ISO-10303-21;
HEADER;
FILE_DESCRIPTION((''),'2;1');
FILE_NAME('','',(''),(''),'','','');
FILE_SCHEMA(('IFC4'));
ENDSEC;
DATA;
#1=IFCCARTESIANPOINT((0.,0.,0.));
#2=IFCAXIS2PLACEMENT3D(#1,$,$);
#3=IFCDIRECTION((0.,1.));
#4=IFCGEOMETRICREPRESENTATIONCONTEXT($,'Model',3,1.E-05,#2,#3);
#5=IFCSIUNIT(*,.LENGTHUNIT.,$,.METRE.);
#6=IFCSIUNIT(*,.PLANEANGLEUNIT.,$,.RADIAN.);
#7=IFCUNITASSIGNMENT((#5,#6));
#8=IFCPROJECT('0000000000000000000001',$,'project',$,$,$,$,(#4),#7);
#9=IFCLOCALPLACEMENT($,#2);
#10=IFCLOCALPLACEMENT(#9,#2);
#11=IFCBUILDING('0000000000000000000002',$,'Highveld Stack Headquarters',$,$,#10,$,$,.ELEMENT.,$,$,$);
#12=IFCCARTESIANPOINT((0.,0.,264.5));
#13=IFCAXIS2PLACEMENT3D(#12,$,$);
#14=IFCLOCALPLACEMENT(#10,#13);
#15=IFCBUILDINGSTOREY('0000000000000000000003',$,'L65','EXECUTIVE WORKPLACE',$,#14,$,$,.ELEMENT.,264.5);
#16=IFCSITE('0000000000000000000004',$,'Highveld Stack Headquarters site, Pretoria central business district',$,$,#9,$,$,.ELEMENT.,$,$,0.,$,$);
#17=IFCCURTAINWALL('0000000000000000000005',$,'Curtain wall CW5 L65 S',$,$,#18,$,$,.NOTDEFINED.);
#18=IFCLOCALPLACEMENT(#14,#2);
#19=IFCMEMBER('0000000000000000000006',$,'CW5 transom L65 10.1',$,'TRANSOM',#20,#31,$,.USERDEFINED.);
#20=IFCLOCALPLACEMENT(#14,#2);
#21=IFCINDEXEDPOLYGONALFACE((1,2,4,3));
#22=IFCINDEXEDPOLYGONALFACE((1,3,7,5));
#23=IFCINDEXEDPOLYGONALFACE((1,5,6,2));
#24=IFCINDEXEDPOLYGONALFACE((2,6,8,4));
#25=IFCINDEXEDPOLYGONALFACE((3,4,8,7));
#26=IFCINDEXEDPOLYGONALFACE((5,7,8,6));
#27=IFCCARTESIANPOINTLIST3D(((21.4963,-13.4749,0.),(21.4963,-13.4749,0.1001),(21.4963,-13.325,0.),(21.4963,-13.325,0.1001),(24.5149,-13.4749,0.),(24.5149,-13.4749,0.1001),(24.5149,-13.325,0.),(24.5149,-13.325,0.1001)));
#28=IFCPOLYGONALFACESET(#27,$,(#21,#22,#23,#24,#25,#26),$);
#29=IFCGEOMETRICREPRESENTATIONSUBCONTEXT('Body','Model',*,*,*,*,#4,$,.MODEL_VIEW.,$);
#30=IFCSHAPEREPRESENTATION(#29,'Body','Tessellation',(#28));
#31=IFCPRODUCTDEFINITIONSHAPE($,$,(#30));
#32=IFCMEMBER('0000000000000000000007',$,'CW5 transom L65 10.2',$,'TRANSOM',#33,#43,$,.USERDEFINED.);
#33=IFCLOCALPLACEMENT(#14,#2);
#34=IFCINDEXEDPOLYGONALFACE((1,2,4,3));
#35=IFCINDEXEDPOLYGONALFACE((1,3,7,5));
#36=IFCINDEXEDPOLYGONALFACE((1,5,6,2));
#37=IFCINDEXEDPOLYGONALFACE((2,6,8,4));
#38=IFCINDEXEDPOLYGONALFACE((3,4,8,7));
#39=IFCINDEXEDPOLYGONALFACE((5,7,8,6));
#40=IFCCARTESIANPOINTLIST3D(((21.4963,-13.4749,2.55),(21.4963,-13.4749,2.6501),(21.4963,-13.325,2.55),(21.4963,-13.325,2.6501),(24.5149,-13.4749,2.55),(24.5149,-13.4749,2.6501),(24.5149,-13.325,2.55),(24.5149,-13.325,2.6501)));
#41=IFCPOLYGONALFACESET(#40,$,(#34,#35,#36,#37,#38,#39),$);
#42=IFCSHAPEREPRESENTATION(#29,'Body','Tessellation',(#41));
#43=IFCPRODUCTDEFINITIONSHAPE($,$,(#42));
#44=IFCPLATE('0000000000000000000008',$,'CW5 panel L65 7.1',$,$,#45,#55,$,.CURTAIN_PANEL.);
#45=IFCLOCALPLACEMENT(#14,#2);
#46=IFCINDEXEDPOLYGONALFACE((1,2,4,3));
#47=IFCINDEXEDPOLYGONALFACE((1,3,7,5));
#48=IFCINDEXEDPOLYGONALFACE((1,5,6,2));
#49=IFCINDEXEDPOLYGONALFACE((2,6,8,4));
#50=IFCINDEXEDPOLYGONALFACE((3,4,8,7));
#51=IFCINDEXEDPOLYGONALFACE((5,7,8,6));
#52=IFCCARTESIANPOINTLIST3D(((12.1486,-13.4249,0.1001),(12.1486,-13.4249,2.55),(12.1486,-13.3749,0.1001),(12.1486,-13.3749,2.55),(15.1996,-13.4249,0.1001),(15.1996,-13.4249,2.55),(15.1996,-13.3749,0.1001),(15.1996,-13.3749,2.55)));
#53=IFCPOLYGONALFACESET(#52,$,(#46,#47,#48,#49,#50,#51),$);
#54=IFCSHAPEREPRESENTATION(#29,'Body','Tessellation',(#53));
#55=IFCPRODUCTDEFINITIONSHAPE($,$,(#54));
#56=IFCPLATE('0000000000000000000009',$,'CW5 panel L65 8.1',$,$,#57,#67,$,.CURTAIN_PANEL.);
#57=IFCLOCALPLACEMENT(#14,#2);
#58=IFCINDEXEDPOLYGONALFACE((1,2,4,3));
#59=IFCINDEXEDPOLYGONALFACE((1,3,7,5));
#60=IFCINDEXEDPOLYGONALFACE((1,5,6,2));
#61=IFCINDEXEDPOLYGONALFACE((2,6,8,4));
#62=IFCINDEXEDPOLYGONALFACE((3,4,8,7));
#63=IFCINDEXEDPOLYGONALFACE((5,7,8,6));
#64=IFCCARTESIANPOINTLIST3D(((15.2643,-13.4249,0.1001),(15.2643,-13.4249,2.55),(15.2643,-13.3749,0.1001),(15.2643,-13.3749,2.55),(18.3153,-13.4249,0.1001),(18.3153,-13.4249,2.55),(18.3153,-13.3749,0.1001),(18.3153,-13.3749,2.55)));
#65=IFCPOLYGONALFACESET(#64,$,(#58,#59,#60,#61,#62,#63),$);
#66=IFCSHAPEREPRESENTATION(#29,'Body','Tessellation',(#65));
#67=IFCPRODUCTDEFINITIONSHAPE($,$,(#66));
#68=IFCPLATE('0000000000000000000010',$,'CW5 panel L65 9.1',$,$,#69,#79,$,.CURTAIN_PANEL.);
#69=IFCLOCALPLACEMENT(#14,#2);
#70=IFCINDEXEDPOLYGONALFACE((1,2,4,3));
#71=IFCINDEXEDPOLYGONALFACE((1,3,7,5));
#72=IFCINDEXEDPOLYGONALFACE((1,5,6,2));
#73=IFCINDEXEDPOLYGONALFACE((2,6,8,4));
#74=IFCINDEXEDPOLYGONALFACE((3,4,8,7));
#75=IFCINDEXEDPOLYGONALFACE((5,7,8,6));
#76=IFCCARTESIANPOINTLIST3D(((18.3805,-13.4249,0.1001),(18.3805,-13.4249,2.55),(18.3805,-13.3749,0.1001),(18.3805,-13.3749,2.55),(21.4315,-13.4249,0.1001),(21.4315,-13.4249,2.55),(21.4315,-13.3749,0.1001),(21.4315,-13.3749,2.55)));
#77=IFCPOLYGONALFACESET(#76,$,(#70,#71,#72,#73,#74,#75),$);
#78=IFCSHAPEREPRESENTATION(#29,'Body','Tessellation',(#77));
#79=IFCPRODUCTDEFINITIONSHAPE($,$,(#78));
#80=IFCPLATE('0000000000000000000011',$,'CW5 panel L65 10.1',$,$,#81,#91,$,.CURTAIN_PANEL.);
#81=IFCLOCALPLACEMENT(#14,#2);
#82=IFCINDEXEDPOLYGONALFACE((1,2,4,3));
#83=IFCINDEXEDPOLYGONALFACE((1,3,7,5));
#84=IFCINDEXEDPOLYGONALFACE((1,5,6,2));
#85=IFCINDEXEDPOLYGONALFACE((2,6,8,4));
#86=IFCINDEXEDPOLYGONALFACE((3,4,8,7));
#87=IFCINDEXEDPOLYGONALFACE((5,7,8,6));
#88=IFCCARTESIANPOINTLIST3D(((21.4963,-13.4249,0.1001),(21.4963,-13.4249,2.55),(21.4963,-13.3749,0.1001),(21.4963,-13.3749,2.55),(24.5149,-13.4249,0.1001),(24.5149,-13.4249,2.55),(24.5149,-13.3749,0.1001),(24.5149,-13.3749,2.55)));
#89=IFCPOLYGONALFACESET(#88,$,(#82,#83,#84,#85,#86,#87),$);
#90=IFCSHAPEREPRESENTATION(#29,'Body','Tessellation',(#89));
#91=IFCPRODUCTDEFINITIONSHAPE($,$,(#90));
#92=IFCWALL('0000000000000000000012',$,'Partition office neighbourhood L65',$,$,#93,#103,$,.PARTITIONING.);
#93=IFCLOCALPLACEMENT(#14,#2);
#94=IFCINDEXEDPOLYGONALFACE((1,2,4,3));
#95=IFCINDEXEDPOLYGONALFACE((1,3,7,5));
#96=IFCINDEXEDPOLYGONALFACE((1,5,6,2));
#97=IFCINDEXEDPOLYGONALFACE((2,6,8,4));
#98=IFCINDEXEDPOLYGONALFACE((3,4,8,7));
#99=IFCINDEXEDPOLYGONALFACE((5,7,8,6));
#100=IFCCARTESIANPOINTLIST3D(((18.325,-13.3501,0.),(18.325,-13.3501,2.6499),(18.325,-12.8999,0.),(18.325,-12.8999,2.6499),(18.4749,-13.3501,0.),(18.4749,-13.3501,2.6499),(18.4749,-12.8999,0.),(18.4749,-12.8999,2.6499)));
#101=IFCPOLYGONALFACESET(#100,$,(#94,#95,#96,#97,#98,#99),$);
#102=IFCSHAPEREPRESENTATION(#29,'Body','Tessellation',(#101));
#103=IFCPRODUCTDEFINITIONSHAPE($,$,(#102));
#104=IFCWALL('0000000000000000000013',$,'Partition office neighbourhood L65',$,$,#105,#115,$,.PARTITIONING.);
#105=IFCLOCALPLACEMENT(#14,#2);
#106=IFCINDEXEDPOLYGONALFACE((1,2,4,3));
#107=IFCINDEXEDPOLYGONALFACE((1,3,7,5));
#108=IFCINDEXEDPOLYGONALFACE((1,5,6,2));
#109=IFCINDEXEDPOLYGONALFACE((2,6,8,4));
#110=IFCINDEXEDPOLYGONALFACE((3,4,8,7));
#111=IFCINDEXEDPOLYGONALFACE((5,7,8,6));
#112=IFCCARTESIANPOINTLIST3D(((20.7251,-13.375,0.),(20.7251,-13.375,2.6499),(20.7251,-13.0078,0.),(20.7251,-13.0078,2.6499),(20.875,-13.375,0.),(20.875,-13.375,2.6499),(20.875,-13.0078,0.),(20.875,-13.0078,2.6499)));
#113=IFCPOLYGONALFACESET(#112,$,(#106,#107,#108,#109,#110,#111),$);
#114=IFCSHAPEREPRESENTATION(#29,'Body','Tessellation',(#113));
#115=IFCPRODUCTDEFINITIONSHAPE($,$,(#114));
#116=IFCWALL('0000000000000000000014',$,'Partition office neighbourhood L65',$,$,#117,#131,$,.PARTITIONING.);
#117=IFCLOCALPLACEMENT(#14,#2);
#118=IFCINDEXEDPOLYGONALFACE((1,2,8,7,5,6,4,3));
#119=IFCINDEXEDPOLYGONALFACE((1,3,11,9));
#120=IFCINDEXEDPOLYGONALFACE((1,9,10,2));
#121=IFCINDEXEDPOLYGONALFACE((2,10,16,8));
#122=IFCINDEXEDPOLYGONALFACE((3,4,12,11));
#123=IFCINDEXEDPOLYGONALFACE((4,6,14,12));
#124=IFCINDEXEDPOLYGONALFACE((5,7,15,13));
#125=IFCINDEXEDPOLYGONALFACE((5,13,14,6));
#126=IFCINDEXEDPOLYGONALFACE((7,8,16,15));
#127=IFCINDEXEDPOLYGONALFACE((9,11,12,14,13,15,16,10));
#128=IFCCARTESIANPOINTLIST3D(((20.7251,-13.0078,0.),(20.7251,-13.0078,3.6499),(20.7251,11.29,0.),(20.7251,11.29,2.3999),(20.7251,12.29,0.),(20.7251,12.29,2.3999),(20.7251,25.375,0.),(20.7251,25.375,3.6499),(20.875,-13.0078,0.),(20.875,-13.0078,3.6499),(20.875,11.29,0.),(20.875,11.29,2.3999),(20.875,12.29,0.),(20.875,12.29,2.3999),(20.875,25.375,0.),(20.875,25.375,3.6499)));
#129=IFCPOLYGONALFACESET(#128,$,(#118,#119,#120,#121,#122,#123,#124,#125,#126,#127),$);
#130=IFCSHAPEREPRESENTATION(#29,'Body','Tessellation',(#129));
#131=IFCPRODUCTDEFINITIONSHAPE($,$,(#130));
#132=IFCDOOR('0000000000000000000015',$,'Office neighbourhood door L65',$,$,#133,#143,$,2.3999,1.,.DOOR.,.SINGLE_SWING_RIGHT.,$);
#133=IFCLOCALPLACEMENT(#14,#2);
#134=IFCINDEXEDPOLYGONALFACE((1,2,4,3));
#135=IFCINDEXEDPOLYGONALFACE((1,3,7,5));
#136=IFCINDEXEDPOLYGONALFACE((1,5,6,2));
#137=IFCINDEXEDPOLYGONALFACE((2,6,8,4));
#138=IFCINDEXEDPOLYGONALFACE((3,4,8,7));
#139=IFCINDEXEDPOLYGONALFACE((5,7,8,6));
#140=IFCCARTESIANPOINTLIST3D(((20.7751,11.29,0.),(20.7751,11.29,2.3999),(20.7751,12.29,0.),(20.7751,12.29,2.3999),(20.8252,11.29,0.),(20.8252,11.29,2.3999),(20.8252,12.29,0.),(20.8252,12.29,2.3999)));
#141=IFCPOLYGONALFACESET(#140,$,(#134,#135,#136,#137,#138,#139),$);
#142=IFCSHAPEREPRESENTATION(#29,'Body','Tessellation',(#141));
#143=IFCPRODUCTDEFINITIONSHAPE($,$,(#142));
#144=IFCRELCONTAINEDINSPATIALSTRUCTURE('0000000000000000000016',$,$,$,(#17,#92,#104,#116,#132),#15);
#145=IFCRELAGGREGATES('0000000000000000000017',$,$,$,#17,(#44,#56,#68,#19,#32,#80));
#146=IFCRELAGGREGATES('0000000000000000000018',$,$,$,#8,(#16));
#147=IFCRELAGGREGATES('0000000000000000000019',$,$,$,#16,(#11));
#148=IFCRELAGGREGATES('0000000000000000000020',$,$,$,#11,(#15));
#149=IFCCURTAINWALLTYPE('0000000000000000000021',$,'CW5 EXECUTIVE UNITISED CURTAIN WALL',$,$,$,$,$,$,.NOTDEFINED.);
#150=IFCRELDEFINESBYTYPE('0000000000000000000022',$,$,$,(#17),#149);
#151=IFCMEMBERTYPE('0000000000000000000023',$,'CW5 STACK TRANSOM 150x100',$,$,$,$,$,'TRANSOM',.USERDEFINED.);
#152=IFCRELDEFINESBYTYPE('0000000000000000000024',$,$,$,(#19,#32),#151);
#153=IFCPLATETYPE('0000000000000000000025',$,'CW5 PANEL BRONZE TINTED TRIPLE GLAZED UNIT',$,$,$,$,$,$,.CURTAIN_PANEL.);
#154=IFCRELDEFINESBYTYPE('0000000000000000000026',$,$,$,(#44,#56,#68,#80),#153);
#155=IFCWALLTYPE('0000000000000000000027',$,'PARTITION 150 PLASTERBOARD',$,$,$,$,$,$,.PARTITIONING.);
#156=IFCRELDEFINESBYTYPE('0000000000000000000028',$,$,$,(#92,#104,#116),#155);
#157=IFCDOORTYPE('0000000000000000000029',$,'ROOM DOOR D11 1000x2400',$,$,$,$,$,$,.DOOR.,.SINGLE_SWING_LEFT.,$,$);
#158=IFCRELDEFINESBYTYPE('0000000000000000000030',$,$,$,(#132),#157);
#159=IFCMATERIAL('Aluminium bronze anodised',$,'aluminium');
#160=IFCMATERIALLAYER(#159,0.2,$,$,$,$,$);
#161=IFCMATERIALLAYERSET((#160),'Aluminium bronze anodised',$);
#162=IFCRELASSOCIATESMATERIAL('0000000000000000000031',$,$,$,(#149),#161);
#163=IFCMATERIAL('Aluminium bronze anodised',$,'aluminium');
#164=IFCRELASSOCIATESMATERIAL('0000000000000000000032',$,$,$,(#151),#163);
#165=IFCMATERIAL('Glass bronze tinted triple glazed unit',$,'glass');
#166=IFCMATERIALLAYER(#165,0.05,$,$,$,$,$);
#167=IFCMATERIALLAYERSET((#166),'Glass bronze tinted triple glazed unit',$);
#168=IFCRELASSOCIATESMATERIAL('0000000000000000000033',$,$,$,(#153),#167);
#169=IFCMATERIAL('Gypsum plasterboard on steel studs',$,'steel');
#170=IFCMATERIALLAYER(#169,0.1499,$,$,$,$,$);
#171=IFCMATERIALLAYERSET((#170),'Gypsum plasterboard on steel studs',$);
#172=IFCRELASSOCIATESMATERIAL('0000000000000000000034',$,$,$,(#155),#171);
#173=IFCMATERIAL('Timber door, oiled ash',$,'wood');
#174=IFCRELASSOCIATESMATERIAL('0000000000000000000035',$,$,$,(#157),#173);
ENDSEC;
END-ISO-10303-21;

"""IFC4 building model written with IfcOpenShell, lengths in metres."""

from ifc_helpers import new_model, si_unit, direction, frame, frame_2d, origin, origin_2d, place, context, subcontext, project, spatial, rectangle, extrude, material, layer, layer_set, material_profile, profile_set, type_object, element, fill, aggregate, save


model = new_model("IFC4")

# Units and contexts
model_context = context("Model", 3, precision=1e-05, world=origin(), true_north=direction((0.0, 1.0)))
body_context = subcontext(model_context, "Body", "Model", "MODEL_VIEW")
ifc_project = project(units=[si_unit("LENGTHUNIT", "METRE"), si_unit("PLANEANGLEUNIT", "RADIAN")], contexts=[model_context])

# Site, building, storey
site_placement = place(None, origin())
site = spatial("IfcSite", under=ifc_project, at=site_placement, Name="Highveld Stack Headquarters site, Pretoria central business district", CompositionType="ELEMENT", RefElevation=0.0)
building_placement = place(site_placement, origin())
building = spatial("IfcBuilding", under=site, at=building_placement, Name="Highveld Stack Headquarters", CompositionType="ELEMENT")
storey_placement = place(building_placement, frame((0.0, 0.0, 264.5)))
storey = spatial("IfcBuildingStorey", under=building, at=storey_placement, Name="L65", Description="EXECUTIVE WORKPLACE", CompositionType="ELEMENT", Elevation=264.5)

# Curtain wall, members, plates
ifc_material_1 = material(Name="Aluminium bronze anodised", Category="aluminium")
ifc_layer_1 = layer(ifc_material_1, 0.2)
ifc_layer_set_1 = layer_set([ifc_layer_1], Name="Aluminium bronze anodised")
curtain_wall_type = type_object("IfcCurtainWallType", Name="CW5 EXECUTIVE UNITISED CURTAIN WALL", PredefinedType="NOTDEFINED", material=ifc_layer_set_1)
curtain_wall_placement = place(storey_placement, origin())
curtain_wall = element("IfcCurtainWall", 1, at=curtain_wall_placement, inside=storey, type_object=curtain_wall_type, Name="Curtain wall CW5 L65 S", PredefinedType="NOTDEFINED")
ifc_material_2 = material(Name="Aluminium bronze anodised", Category="aluminium")
ifc_material_profile_1 = material_profile(ifc_material_2, rectangle(XDim=0.1499, YDim=0.1001, at=origin_2d()), Name="CW5 TRANSOM 150x100")
ifc_profile_set_1 = profile_set([ifc_material_profile_1], Name="Aluminium bronze anodised")
member_type_1 = type_object("IfcMemberType", Name="CW5 STACK TRANSOM 150x100", ElementType="TRANSOM", PredefinedType="USERDEFINED", material=ifc_profile_set_1)
member_1_placement = place(storey_placement, frame((21.4963, -13.3999, 0.05), z_axis=(1.0, 0.0, 0.0), x_axis=(0.0, 1.0, 0.0)))
member_1 = element("IfcMember", 2, at=member_1_placement, type_object=member_type_1, Name="CW5 transom L65 10.1", ObjectType="TRANSOM", PredefinedType="USERDEFINED", context=body_context, shape_type="SweptSolid", body=[
    extrude(rectangle(XDim=0.1499, YDim=0.1001, at=origin_2d()), origin(), (0.0, 0.0, 1.0), 3.0186),
])
member_2_placement = place(storey_placement, frame((21.4963, -13.3999, 2.6001), z_axis=(1.0, 0.0, 0.0), x_axis=(0.0, 1.0, 0.0)))
member_2 = element("IfcMember", 3, at=member_2_placement, type_object=member_type_1, Name="CW5 transom L65 10.2", ObjectType="TRANSOM", PredefinedType="USERDEFINED", context=body_context, shape_type="SweptSolid", body=[
    extrude(rectangle(XDim=0.1499, YDim=0.1001, at=origin_2d()), origin(), (0.0, 0.0, 1.0), 3.0186),
])
ifc_material_3 = material(Name="Glass bronze tinted triple glazed unit", Category="glass")
ifc_layer_2 = layer(ifc_material_3, 0.05)
ifc_layer_set_2 = layer_set([ifc_layer_2], Name="Glass bronze tinted triple glazed unit")
plate_type = type_object("IfcPlateType", Name="CW5 PANEL BRONZE TINTED TRIPLE GLAZED UNIT", PredefinedType="CURTAIN_PANEL", material=ifc_layer_set_2)
plate_1_placement = place(storey_placement, frame((13.6741, -13.3999, 0.1001), z_axis=(0.0, 0.0, 1.0), x_axis=(1.0, 0.0, 0.0)))
plate_1 = element("IfcPlate", 4, at=plate_1_placement, type_object=plate_type, Name="CW5 panel L65 7.1", PredefinedType="CURTAIN_PANEL", context=body_context, shape_type="SweptSolid", body=[
    extrude(rectangle(XDim=3.051, YDim=0.05, at=origin_2d()), origin(), (0.0, 0.0, 1.0), 2.45),
])
plate_2_placement = place(storey_placement, frame((16.7898, -13.3999, 0.1001), z_axis=(0.0, 0.0, 1.0), x_axis=(1.0, 0.0, 0.0)))
plate_2 = element("IfcPlate", 5, at=plate_2_placement, type_object=plate_type, Name="CW5 panel L65 8.1", PredefinedType="CURTAIN_PANEL", context=body_context, shape_type="SweptSolid", body=[
    extrude(rectangle(XDim=3.051, YDim=0.05, at=origin_2d()), origin(), (0.0, 0.0, 1.0), 2.45),
])
plate_3_placement = place(storey_placement, frame((19.906, -13.3999, 0.1001), z_axis=(0.0, 0.0, 1.0), x_axis=(1.0, 0.0, 0.0)))
plate_3 = element("IfcPlate", 6, at=plate_3_placement, type_object=plate_type, Name="CW5 panel L65 9.1", PredefinedType="CURTAIN_PANEL", context=body_context, shape_type="SweptSolid", body=[
    extrude(rectangle(XDim=3.051, YDim=0.05, at=origin_2d()), origin(), (0.0, 0.0, 1.0), 2.45),
])
plate_4_placement = place(storey_placement, frame((23.0056, -13.3999, 0.1001), z_axis=(0.0, 0.0, 1.0), x_axis=(1.0, 0.0, 0.0)))
plate_4 = element("IfcPlate", 7, at=plate_4_placement, type_object=plate_type, Name="CW5 panel L65 10.1", PredefinedType="CURTAIN_PANEL", context=body_context, shape_type="SweptSolid", body=[
    extrude(rectangle(XDim=3.0186, YDim=0.05, at=origin_2d()), origin(), (0.0, 0.0, 1.0), 2.45),
])
aggregate(curtain_wall, [plate_1, plate_2, plate_3, member_1, member_2, plate_4])

# Walls
ifc_material_4 = material(Name="Gypsum plasterboard on steel studs", Category="steel")
ifc_layer_3 = layer(ifc_material_4, 0.1499)
ifc_layer_set_3 = layer_set([ifc_layer_3], Name="Gypsum plasterboard on steel studs")
wall_type = type_object("IfcWallType", Name="PARTITION 150 PLASTERBOARD", PredefinedType="PARTITIONING", material=ifc_layer_set_3)
wall_1_placement = place(storey_placement, frame((18.3999, -13.3501, 0.0), z_axis=(0.0, 0.0, 1.0), x_axis=(0.0, 1.0, 0.0)))
element("IfcWall", 8, at=wall_1_placement, inside=storey, type_object=wall_type, Name="Partition office neighbourhood L65", PredefinedType="PARTITIONING", context=body_context, shape_type="SweptSolid", body=[
    extrude(rectangle(XDim=0.4502, YDim=0.1499, at=frame_2d((0.2251, 0.0))), origin(), (0.0, 0.0, 1.0), 2.6499),
])
wall_2_placement = place(storey_placement, frame((20.8, -13.375, 0.0), z_axis=(0.0, 0.0, 1.0), x_axis=(0.0, 1.0, 0.0)))
element("IfcWall", 9, at=wall_2_placement, inside=storey, type_object=wall_type, Name="Partition office neighbourhood L65", PredefinedType="PARTITIONING", context=body_context, shape_type="SweptSolid", body=[
    extrude(rectangle(XDim=0.3672, YDim=0.1499, at=frame_2d((0.1836, 0.0))), origin(), (0.0, 0.0, 1.0), 2.6499),
])

# Wall, opening, door
wall_3_placement = place(storey_placement, frame((20.8, -13.0078, 0.0), z_axis=(0.0, 0.0, 1.0), x_axis=(0.0, 1.0, 0.0)))
wall_3 = element("IfcWall", 10, at=wall_3_placement, inside=storey, type_object=wall_type, Name="Partition office neighbourhood L65", PredefinedType="PARTITIONING", context=body_context, shape_type="SweptSolid", body=[
    extrude(rectangle(XDim=38.3828, YDim=0.1499, at=frame_2d((19.1914, 0.0))), origin(), (0.0, 0.0, 1.0), 3.6499),
])
opening_placement = place(wall_3_placement, frame((24.2979, 0.0, 0.0)))
opening = element("IfcOpeningElement", 11, at=opening_placement, cuts=wall_3, PredefinedType="OPENING", context=body_context, shape_type="SweptSolid", body=[
    extrude(rectangle(XDim=1.0, YDim=2.3999, at=frame_2d((0.5, 1.2))), frame((0.0, 0.085, 0.0), z_axis=(0.0, -1.0, 0.0), x_axis=(1.0, 0.0, 0.0)), (0.0, 0.0, 1.0), 0.1699),
])
ifc_material_5 = material(Name="Timber door, oiled ash", Category="wood")
door_type = type_object("IfcDoorType", Name="ROOM DOOR D11 1000x2400", OperationType="SINGLE_SWING_LEFT", PredefinedType="DOOR", material=ifc_material_5)
door_placement = place(opening_placement, origin())
door = element("IfcDoor", 12, at=door_placement, inside=storey, type_object=door_type, Name="Office neighbourhood door L65", OperationType="SINGLE_SWING_RIGHT", OverallHeight=2.3999, OverallWidth=1.0, PredefinedType="DOOR", context=body_context, shape_type="SweptSolid", body=[
    extrude(rectangle(XDim=1.0, YDim=2.3999, at=frame_2d((0.5, 1.2))), frame((0.0, 0.0249, 0.0), z_axis=(0.0, -1.0, 0.0), x_axis=(1.0, 0.0, 0.0)), (0.0, 0.0, 1.0), 0.05),
])
fill(opening, door)

save(model, "model.ifc")
